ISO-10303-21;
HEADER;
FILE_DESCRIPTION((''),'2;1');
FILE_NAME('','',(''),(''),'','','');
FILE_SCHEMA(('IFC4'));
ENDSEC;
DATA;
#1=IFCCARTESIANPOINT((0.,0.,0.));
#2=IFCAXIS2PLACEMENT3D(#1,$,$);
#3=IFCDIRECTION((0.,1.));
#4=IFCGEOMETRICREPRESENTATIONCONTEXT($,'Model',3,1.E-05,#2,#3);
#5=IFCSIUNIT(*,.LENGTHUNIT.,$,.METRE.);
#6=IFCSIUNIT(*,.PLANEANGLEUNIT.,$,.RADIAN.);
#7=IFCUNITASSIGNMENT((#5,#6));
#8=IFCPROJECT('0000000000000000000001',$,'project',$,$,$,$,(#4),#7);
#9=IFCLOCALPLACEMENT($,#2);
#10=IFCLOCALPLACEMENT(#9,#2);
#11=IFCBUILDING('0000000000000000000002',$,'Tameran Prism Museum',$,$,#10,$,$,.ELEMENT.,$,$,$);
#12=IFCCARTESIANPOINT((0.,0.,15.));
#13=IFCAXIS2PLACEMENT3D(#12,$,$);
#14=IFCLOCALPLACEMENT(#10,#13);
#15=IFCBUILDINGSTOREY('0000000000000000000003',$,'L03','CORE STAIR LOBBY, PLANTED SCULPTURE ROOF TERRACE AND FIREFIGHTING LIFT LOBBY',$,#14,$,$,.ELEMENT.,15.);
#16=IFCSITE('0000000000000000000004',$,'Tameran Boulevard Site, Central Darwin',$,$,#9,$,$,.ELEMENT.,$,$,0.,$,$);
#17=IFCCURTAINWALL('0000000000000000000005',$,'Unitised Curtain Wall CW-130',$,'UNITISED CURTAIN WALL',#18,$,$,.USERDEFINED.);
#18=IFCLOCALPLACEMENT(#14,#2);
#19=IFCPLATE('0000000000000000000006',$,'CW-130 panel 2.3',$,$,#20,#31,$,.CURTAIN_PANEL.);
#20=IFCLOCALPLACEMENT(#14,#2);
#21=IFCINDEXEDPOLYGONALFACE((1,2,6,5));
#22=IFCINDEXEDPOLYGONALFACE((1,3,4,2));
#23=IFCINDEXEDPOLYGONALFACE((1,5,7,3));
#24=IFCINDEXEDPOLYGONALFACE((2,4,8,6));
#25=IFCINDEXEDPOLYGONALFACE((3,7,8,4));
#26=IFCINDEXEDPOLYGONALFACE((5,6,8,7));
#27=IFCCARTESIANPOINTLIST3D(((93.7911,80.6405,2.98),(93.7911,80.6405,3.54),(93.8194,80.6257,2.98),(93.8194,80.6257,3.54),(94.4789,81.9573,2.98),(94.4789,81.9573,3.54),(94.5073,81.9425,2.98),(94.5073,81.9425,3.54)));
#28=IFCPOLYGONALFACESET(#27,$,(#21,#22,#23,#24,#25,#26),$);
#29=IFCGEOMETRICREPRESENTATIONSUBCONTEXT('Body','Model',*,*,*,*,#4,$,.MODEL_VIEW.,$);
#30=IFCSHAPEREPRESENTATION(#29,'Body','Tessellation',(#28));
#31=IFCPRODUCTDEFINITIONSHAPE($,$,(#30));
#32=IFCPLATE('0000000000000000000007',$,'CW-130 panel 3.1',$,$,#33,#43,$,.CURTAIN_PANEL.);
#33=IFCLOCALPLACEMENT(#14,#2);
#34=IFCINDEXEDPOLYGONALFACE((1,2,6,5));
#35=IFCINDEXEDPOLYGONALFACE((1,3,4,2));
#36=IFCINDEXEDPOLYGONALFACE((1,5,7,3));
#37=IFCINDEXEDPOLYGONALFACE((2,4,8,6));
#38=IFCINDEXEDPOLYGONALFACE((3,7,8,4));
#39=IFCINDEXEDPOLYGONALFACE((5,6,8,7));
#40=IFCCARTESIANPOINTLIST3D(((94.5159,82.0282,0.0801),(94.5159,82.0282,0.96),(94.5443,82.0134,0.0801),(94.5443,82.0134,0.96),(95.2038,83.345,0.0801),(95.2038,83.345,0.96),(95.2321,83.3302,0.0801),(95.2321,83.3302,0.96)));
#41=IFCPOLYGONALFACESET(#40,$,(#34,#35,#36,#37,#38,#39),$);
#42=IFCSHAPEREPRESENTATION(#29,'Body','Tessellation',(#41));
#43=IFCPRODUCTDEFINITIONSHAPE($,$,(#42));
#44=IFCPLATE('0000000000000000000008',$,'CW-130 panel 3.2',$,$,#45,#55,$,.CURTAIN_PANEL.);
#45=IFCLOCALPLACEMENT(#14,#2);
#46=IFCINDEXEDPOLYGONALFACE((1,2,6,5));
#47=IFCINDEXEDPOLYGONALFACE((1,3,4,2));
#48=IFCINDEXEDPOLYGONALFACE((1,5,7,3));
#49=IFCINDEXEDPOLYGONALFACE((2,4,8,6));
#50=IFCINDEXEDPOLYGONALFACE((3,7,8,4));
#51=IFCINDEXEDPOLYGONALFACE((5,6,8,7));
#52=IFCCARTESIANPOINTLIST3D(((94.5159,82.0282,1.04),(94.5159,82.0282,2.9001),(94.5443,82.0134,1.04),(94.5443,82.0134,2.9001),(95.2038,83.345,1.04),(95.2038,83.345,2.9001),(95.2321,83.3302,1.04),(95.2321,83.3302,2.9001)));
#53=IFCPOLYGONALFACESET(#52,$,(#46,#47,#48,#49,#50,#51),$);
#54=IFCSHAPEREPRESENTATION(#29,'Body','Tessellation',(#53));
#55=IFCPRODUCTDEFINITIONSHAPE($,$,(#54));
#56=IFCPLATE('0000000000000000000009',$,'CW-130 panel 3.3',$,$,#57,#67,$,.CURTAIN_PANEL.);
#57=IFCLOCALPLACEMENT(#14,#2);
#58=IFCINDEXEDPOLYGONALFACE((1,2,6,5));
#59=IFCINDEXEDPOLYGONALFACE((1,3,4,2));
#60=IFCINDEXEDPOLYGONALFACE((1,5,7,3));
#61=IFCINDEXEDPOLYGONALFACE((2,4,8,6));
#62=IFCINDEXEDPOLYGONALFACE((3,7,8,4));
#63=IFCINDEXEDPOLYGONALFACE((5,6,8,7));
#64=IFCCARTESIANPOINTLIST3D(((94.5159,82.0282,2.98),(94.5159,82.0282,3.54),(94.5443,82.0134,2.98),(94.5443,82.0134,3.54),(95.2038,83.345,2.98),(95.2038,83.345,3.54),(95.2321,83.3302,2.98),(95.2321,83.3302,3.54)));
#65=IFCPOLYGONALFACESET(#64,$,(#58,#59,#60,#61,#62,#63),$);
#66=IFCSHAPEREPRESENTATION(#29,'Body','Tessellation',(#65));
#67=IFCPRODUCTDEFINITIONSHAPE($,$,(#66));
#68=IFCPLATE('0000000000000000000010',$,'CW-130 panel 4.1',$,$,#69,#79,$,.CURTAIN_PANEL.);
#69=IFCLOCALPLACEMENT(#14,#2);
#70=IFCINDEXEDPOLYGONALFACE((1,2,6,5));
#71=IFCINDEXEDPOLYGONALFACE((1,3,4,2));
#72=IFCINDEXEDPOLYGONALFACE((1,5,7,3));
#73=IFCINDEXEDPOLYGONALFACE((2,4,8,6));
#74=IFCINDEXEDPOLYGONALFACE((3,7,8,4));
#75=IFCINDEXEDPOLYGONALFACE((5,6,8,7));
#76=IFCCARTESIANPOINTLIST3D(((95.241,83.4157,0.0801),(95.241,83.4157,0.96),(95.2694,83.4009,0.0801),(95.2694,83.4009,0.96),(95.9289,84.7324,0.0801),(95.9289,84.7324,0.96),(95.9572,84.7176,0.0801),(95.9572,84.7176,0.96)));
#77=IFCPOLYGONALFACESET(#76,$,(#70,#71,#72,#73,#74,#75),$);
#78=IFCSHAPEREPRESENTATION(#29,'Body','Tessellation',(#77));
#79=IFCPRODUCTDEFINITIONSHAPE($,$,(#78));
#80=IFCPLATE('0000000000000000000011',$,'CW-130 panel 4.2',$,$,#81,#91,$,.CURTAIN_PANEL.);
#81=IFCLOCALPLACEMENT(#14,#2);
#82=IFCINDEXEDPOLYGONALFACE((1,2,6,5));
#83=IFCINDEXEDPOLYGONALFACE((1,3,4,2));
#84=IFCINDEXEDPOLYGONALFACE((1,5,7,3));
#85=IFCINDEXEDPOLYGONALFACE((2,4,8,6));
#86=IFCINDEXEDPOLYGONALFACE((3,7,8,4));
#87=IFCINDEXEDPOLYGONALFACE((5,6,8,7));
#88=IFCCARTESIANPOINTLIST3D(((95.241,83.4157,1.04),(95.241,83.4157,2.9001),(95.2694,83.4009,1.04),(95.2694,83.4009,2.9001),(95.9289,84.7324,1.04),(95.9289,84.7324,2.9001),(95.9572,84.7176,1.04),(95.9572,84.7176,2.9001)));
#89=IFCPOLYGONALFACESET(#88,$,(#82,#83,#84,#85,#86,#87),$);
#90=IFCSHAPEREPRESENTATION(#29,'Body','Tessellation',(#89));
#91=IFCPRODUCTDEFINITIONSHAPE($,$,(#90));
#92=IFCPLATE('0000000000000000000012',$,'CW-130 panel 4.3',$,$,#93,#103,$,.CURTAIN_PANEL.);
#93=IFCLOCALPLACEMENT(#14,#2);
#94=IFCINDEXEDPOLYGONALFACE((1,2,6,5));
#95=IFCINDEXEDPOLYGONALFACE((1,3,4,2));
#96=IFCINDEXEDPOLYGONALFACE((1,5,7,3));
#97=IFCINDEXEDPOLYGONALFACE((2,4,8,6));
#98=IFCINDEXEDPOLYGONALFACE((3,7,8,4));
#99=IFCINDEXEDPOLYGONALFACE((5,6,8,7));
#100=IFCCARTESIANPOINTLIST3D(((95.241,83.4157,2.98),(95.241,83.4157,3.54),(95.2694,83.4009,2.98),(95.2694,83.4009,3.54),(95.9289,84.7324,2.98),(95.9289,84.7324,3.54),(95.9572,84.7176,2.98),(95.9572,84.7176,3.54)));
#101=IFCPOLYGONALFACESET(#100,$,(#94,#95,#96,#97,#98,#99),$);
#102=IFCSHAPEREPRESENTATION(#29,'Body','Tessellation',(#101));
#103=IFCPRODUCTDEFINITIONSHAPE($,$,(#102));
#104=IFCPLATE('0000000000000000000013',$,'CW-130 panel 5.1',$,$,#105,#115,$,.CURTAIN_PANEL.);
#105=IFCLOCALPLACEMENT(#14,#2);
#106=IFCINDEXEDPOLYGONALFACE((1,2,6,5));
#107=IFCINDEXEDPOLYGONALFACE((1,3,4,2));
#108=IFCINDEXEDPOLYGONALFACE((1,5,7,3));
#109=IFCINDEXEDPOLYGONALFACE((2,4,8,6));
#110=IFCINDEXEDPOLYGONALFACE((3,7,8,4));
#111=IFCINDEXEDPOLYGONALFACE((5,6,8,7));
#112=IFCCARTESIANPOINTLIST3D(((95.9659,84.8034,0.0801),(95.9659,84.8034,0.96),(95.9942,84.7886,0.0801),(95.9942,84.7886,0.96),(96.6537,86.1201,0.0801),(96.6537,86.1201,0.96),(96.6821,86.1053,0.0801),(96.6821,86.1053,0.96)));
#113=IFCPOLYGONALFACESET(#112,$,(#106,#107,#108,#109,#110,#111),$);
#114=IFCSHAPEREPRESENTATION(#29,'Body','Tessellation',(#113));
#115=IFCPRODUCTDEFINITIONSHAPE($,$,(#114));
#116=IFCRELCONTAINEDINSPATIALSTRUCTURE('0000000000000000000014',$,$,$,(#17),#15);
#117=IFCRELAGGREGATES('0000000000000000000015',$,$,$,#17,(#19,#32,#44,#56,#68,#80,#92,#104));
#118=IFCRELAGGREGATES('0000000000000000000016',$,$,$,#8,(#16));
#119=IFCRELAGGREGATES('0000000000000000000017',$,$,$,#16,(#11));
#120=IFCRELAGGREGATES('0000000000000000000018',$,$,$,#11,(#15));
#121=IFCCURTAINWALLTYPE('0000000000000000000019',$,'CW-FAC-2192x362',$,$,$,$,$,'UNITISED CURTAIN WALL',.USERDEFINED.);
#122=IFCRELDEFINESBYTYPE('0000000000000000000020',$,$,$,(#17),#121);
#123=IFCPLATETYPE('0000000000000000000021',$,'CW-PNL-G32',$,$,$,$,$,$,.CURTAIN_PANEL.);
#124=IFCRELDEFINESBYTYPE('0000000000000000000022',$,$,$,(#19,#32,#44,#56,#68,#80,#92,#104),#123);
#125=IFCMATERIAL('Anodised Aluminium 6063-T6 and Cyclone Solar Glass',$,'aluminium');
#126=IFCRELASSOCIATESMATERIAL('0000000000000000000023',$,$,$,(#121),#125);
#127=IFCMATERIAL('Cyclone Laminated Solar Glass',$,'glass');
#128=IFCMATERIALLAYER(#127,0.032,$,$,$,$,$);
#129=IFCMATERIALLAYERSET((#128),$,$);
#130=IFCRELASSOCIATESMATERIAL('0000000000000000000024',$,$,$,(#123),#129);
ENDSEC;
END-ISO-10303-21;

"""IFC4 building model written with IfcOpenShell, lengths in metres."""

from ifc_helpers import new_model, si_unit, direction, frame, origin, origin_2d, place, context, subcontext, project, spatial, rectangle, extrude, material, layer, layer_set, type_object, element, aggregate, save


model = new_model("IFC4")

# Units and contexts
model_context = context("Model", 3, precision=1e-05, world=origin(), true_north=direction((0.0, 1.0)))
body_context = subcontext(model_context, "Body", "Model", "MODEL_VIEW")
ifc_project = project(units=[si_unit("LENGTHUNIT", "METRE"), si_unit("PLANEANGLEUNIT", "RADIAN")], contexts=[model_context])

# Site, building, storey
site_placement = place(None, origin())
site = spatial("IfcSite", under=ifc_project, at=site_placement, Name="Tameran Boulevard Site, Central Darwin", CompositionType="ELEMENT", RefElevation=0.0)
building_placement = place(site_placement, origin())
building = spatial("IfcBuilding", under=site, at=building_placement, Name="Tameran Prism Museum", CompositionType="ELEMENT")
storey_placement = place(building_placement, frame((0.0, 0.0, 15.0)))
storey = spatial("IfcBuildingStorey", under=building, at=storey_placement, Name="L03", Description="CORE STAIR LOBBY, PLANTED SCULPTURE ROOF TERRACE AND FIREFIGHTING LIFT LOBBY", CompositionType="ELEMENT", Elevation=15.0)

# Curtain wall, plates
ifc_material_1 = material(Name="Anodised Aluminium 6063-T6 and Cyclone Solar Glass", Category="aluminium")
curtain_wall_type = type_object("IfcCurtainWallType", Name="CW-FAC-2192x362", ElementType="UNITISED CURTAIN WALL", PredefinedType="USERDEFINED", material=ifc_material_1)
curtain_wall_placement = place(storey_placement, origin())
curtain_wall = element("IfcCurtainWall", 1, at=curtain_wall_placement, inside=storey, type_object=curtain_wall_type, Name="Unitised Curtain Wall CW-130", ObjectType="UNITISED CURTAIN WALL", PredefinedType="USERDEFINED")
ifc_material_2 = material(Name="Cyclone Laminated Solar Glass", Category="glass")
ifc_layer = layer(ifc_material_2, 0.032)
ifc_layer_set = layer_set([ifc_layer])
plate_type = type_object("IfcPlateType", Name="CW-PNL-G32", PredefinedType="CURTAIN_PANEL", material=ifc_layer_set)
plate_1_placement = place(storey_placement, frame((94.1492, 81.2915, 2.98), z_axis=(0.0, 0.0, 1.0), x_axis=(0.463003, 0.886357, 0.0)))
plate_1 = element("IfcPlate", 2, at=plate_1_placement, type_object=plate_type, Name="CW-130 panel 2.3", PredefinedType="CURTAIN_PANEL", context=body_context, shape_type="SweptSolid", body=[
    extrude(rectangle(XDim=1.4856, YDim=0.032, at=origin_2d()), origin(), (0.0, 0.0, 1.0), 0.5601),
])
plate_2_placement = place(storey_placement, frame((94.874, 82.6792, 0.0801), z_axis=(0.0, 0.0, 1.0), x_axis=(0.463003, 0.886357, 0.0)))
plate_2 = element("IfcPlate", 3, at=plate_2_placement, type_object=plate_type, Name="CW-130 panel 3.1", PredefinedType="CURTAIN_PANEL", context=body_context, shape_type="SweptSolid", body=[
    extrude(rectangle(XDim=1.4856, YDim=0.032, at=origin_2d()), origin(), (0.0, 0.0, 1.0), 0.8799),
])
plate_3_placement = place(storey_placement, frame((94.874, 82.6792, 1.04), z_axis=(0.0, 0.0, 1.0), x_axis=(0.463003, 0.886357, 0.0)))
plate_3 = element("IfcPlate", 4, at=plate_3_placement, type_object=plate_type, Name="CW-130 panel 3.2", PredefinedType="CURTAIN_PANEL", context=body_context, shape_type="SweptSolid", body=[
    extrude(rectangle(XDim=1.4856, YDim=0.032, at=origin_2d()), origin(), (0.0, 0.0, 1.0), 1.8601),
])
plate_4_placement = place(storey_placement, frame((94.874, 82.6792, 2.98), z_axis=(0.0, 0.0, 1.0), x_axis=(0.463003, 0.886357, 0.0)))
plate_4 = element("IfcPlate", 5, at=plate_4_placement, type_object=plate_type, Name="CW-130 panel 3.3", PredefinedType="CURTAIN_PANEL", context=body_context, shape_type="SweptSolid", body=[
    extrude(rectangle(XDim=1.4856, YDim=0.032, at=origin_2d()), origin(), (0.0, 0.0, 1.0), 0.5601),
])
plate_5_placement = place(storey_placement, frame((95.5991, 84.0667, 0.0801), z_axis=(0.0, 0.0, 1.0), x_axis=(0.463003, 0.886357, 0.0)))
plate_5 = element("IfcPlate", 6, at=plate_5_placement, type_object=plate_type, Name="CW-130 panel 4.1", PredefinedType="CURTAIN_PANEL", context=body_context, shape_type="SweptSolid", body=[
    extrude(rectangle(XDim=1.4856, YDim=0.032, at=origin_2d()), origin(), (0.0, 0.0, 1.0), 0.8799),
])
plate_6_placement = place(storey_placement, frame((95.5991, 84.0667, 1.04), z_axis=(0.0, 0.0, 1.0), x_axis=(0.463003, 0.886357, 0.0)))
plate_6 = element("IfcPlate", 7, at=plate_6_placement, type_object=plate_type, Name="CW-130 panel 4.2", PredefinedType="CURTAIN_PANEL", context=body_context, shape_type="SweptSolid", body=[
    extrude(rectangle(XDim=1.4856, YDim=0.032, at=origin_2d()), origin(), (0.0, 0.0, 1.0), 1.8601),
])
plate_7_placement = place(storey_placement, frame((95.5991, 84.0667, 2.98), z_axis=(0.0, 0.0, 1.0), x_axis=(0.463003, 0.886357, 0.0)))
plate_7 = element("IfcPlate", 8, at=plate_7_placement, type_object=plate_type, Name="CW-130 panel 4.3", PredefinedType="CURTAIN_PANEL", context=body_context, shape_type="SweptSolid", body=[
    extrude(rectangle(XDim=1.4856, YDim=0.032, at=origin_2d()), origin(), (0.0, 0.0, 1.0), 0.5601),
])
plate_8_placement = place(storey_placement, frame((96.324, 85.4543, 0.0801), z_axis=(0.0, 0.0, 1.0), x_axis=(0.463003, 0.886357, 0.0)))
plate_8 = element("IfcPlate", 9, at=plate_8_placement, type_object=plate_type, Name="CW-130 panel 5.1", PredefinedType="CURTAIN_PANEL", context=body_context, shape_type="SweptSolid", body=[
    extrude(rectangle(XDim=1.4856, YDim=0.032, at=origin_2d()), origin(), (0.0, 0.0, 1.0), 0.8799),
])
aggregate(curtain_wall, [plate_1, plate_2, plate_3, plate_4, plate_5, plate_6, plate_7, plate_8])

save(model, "model.ifc")
